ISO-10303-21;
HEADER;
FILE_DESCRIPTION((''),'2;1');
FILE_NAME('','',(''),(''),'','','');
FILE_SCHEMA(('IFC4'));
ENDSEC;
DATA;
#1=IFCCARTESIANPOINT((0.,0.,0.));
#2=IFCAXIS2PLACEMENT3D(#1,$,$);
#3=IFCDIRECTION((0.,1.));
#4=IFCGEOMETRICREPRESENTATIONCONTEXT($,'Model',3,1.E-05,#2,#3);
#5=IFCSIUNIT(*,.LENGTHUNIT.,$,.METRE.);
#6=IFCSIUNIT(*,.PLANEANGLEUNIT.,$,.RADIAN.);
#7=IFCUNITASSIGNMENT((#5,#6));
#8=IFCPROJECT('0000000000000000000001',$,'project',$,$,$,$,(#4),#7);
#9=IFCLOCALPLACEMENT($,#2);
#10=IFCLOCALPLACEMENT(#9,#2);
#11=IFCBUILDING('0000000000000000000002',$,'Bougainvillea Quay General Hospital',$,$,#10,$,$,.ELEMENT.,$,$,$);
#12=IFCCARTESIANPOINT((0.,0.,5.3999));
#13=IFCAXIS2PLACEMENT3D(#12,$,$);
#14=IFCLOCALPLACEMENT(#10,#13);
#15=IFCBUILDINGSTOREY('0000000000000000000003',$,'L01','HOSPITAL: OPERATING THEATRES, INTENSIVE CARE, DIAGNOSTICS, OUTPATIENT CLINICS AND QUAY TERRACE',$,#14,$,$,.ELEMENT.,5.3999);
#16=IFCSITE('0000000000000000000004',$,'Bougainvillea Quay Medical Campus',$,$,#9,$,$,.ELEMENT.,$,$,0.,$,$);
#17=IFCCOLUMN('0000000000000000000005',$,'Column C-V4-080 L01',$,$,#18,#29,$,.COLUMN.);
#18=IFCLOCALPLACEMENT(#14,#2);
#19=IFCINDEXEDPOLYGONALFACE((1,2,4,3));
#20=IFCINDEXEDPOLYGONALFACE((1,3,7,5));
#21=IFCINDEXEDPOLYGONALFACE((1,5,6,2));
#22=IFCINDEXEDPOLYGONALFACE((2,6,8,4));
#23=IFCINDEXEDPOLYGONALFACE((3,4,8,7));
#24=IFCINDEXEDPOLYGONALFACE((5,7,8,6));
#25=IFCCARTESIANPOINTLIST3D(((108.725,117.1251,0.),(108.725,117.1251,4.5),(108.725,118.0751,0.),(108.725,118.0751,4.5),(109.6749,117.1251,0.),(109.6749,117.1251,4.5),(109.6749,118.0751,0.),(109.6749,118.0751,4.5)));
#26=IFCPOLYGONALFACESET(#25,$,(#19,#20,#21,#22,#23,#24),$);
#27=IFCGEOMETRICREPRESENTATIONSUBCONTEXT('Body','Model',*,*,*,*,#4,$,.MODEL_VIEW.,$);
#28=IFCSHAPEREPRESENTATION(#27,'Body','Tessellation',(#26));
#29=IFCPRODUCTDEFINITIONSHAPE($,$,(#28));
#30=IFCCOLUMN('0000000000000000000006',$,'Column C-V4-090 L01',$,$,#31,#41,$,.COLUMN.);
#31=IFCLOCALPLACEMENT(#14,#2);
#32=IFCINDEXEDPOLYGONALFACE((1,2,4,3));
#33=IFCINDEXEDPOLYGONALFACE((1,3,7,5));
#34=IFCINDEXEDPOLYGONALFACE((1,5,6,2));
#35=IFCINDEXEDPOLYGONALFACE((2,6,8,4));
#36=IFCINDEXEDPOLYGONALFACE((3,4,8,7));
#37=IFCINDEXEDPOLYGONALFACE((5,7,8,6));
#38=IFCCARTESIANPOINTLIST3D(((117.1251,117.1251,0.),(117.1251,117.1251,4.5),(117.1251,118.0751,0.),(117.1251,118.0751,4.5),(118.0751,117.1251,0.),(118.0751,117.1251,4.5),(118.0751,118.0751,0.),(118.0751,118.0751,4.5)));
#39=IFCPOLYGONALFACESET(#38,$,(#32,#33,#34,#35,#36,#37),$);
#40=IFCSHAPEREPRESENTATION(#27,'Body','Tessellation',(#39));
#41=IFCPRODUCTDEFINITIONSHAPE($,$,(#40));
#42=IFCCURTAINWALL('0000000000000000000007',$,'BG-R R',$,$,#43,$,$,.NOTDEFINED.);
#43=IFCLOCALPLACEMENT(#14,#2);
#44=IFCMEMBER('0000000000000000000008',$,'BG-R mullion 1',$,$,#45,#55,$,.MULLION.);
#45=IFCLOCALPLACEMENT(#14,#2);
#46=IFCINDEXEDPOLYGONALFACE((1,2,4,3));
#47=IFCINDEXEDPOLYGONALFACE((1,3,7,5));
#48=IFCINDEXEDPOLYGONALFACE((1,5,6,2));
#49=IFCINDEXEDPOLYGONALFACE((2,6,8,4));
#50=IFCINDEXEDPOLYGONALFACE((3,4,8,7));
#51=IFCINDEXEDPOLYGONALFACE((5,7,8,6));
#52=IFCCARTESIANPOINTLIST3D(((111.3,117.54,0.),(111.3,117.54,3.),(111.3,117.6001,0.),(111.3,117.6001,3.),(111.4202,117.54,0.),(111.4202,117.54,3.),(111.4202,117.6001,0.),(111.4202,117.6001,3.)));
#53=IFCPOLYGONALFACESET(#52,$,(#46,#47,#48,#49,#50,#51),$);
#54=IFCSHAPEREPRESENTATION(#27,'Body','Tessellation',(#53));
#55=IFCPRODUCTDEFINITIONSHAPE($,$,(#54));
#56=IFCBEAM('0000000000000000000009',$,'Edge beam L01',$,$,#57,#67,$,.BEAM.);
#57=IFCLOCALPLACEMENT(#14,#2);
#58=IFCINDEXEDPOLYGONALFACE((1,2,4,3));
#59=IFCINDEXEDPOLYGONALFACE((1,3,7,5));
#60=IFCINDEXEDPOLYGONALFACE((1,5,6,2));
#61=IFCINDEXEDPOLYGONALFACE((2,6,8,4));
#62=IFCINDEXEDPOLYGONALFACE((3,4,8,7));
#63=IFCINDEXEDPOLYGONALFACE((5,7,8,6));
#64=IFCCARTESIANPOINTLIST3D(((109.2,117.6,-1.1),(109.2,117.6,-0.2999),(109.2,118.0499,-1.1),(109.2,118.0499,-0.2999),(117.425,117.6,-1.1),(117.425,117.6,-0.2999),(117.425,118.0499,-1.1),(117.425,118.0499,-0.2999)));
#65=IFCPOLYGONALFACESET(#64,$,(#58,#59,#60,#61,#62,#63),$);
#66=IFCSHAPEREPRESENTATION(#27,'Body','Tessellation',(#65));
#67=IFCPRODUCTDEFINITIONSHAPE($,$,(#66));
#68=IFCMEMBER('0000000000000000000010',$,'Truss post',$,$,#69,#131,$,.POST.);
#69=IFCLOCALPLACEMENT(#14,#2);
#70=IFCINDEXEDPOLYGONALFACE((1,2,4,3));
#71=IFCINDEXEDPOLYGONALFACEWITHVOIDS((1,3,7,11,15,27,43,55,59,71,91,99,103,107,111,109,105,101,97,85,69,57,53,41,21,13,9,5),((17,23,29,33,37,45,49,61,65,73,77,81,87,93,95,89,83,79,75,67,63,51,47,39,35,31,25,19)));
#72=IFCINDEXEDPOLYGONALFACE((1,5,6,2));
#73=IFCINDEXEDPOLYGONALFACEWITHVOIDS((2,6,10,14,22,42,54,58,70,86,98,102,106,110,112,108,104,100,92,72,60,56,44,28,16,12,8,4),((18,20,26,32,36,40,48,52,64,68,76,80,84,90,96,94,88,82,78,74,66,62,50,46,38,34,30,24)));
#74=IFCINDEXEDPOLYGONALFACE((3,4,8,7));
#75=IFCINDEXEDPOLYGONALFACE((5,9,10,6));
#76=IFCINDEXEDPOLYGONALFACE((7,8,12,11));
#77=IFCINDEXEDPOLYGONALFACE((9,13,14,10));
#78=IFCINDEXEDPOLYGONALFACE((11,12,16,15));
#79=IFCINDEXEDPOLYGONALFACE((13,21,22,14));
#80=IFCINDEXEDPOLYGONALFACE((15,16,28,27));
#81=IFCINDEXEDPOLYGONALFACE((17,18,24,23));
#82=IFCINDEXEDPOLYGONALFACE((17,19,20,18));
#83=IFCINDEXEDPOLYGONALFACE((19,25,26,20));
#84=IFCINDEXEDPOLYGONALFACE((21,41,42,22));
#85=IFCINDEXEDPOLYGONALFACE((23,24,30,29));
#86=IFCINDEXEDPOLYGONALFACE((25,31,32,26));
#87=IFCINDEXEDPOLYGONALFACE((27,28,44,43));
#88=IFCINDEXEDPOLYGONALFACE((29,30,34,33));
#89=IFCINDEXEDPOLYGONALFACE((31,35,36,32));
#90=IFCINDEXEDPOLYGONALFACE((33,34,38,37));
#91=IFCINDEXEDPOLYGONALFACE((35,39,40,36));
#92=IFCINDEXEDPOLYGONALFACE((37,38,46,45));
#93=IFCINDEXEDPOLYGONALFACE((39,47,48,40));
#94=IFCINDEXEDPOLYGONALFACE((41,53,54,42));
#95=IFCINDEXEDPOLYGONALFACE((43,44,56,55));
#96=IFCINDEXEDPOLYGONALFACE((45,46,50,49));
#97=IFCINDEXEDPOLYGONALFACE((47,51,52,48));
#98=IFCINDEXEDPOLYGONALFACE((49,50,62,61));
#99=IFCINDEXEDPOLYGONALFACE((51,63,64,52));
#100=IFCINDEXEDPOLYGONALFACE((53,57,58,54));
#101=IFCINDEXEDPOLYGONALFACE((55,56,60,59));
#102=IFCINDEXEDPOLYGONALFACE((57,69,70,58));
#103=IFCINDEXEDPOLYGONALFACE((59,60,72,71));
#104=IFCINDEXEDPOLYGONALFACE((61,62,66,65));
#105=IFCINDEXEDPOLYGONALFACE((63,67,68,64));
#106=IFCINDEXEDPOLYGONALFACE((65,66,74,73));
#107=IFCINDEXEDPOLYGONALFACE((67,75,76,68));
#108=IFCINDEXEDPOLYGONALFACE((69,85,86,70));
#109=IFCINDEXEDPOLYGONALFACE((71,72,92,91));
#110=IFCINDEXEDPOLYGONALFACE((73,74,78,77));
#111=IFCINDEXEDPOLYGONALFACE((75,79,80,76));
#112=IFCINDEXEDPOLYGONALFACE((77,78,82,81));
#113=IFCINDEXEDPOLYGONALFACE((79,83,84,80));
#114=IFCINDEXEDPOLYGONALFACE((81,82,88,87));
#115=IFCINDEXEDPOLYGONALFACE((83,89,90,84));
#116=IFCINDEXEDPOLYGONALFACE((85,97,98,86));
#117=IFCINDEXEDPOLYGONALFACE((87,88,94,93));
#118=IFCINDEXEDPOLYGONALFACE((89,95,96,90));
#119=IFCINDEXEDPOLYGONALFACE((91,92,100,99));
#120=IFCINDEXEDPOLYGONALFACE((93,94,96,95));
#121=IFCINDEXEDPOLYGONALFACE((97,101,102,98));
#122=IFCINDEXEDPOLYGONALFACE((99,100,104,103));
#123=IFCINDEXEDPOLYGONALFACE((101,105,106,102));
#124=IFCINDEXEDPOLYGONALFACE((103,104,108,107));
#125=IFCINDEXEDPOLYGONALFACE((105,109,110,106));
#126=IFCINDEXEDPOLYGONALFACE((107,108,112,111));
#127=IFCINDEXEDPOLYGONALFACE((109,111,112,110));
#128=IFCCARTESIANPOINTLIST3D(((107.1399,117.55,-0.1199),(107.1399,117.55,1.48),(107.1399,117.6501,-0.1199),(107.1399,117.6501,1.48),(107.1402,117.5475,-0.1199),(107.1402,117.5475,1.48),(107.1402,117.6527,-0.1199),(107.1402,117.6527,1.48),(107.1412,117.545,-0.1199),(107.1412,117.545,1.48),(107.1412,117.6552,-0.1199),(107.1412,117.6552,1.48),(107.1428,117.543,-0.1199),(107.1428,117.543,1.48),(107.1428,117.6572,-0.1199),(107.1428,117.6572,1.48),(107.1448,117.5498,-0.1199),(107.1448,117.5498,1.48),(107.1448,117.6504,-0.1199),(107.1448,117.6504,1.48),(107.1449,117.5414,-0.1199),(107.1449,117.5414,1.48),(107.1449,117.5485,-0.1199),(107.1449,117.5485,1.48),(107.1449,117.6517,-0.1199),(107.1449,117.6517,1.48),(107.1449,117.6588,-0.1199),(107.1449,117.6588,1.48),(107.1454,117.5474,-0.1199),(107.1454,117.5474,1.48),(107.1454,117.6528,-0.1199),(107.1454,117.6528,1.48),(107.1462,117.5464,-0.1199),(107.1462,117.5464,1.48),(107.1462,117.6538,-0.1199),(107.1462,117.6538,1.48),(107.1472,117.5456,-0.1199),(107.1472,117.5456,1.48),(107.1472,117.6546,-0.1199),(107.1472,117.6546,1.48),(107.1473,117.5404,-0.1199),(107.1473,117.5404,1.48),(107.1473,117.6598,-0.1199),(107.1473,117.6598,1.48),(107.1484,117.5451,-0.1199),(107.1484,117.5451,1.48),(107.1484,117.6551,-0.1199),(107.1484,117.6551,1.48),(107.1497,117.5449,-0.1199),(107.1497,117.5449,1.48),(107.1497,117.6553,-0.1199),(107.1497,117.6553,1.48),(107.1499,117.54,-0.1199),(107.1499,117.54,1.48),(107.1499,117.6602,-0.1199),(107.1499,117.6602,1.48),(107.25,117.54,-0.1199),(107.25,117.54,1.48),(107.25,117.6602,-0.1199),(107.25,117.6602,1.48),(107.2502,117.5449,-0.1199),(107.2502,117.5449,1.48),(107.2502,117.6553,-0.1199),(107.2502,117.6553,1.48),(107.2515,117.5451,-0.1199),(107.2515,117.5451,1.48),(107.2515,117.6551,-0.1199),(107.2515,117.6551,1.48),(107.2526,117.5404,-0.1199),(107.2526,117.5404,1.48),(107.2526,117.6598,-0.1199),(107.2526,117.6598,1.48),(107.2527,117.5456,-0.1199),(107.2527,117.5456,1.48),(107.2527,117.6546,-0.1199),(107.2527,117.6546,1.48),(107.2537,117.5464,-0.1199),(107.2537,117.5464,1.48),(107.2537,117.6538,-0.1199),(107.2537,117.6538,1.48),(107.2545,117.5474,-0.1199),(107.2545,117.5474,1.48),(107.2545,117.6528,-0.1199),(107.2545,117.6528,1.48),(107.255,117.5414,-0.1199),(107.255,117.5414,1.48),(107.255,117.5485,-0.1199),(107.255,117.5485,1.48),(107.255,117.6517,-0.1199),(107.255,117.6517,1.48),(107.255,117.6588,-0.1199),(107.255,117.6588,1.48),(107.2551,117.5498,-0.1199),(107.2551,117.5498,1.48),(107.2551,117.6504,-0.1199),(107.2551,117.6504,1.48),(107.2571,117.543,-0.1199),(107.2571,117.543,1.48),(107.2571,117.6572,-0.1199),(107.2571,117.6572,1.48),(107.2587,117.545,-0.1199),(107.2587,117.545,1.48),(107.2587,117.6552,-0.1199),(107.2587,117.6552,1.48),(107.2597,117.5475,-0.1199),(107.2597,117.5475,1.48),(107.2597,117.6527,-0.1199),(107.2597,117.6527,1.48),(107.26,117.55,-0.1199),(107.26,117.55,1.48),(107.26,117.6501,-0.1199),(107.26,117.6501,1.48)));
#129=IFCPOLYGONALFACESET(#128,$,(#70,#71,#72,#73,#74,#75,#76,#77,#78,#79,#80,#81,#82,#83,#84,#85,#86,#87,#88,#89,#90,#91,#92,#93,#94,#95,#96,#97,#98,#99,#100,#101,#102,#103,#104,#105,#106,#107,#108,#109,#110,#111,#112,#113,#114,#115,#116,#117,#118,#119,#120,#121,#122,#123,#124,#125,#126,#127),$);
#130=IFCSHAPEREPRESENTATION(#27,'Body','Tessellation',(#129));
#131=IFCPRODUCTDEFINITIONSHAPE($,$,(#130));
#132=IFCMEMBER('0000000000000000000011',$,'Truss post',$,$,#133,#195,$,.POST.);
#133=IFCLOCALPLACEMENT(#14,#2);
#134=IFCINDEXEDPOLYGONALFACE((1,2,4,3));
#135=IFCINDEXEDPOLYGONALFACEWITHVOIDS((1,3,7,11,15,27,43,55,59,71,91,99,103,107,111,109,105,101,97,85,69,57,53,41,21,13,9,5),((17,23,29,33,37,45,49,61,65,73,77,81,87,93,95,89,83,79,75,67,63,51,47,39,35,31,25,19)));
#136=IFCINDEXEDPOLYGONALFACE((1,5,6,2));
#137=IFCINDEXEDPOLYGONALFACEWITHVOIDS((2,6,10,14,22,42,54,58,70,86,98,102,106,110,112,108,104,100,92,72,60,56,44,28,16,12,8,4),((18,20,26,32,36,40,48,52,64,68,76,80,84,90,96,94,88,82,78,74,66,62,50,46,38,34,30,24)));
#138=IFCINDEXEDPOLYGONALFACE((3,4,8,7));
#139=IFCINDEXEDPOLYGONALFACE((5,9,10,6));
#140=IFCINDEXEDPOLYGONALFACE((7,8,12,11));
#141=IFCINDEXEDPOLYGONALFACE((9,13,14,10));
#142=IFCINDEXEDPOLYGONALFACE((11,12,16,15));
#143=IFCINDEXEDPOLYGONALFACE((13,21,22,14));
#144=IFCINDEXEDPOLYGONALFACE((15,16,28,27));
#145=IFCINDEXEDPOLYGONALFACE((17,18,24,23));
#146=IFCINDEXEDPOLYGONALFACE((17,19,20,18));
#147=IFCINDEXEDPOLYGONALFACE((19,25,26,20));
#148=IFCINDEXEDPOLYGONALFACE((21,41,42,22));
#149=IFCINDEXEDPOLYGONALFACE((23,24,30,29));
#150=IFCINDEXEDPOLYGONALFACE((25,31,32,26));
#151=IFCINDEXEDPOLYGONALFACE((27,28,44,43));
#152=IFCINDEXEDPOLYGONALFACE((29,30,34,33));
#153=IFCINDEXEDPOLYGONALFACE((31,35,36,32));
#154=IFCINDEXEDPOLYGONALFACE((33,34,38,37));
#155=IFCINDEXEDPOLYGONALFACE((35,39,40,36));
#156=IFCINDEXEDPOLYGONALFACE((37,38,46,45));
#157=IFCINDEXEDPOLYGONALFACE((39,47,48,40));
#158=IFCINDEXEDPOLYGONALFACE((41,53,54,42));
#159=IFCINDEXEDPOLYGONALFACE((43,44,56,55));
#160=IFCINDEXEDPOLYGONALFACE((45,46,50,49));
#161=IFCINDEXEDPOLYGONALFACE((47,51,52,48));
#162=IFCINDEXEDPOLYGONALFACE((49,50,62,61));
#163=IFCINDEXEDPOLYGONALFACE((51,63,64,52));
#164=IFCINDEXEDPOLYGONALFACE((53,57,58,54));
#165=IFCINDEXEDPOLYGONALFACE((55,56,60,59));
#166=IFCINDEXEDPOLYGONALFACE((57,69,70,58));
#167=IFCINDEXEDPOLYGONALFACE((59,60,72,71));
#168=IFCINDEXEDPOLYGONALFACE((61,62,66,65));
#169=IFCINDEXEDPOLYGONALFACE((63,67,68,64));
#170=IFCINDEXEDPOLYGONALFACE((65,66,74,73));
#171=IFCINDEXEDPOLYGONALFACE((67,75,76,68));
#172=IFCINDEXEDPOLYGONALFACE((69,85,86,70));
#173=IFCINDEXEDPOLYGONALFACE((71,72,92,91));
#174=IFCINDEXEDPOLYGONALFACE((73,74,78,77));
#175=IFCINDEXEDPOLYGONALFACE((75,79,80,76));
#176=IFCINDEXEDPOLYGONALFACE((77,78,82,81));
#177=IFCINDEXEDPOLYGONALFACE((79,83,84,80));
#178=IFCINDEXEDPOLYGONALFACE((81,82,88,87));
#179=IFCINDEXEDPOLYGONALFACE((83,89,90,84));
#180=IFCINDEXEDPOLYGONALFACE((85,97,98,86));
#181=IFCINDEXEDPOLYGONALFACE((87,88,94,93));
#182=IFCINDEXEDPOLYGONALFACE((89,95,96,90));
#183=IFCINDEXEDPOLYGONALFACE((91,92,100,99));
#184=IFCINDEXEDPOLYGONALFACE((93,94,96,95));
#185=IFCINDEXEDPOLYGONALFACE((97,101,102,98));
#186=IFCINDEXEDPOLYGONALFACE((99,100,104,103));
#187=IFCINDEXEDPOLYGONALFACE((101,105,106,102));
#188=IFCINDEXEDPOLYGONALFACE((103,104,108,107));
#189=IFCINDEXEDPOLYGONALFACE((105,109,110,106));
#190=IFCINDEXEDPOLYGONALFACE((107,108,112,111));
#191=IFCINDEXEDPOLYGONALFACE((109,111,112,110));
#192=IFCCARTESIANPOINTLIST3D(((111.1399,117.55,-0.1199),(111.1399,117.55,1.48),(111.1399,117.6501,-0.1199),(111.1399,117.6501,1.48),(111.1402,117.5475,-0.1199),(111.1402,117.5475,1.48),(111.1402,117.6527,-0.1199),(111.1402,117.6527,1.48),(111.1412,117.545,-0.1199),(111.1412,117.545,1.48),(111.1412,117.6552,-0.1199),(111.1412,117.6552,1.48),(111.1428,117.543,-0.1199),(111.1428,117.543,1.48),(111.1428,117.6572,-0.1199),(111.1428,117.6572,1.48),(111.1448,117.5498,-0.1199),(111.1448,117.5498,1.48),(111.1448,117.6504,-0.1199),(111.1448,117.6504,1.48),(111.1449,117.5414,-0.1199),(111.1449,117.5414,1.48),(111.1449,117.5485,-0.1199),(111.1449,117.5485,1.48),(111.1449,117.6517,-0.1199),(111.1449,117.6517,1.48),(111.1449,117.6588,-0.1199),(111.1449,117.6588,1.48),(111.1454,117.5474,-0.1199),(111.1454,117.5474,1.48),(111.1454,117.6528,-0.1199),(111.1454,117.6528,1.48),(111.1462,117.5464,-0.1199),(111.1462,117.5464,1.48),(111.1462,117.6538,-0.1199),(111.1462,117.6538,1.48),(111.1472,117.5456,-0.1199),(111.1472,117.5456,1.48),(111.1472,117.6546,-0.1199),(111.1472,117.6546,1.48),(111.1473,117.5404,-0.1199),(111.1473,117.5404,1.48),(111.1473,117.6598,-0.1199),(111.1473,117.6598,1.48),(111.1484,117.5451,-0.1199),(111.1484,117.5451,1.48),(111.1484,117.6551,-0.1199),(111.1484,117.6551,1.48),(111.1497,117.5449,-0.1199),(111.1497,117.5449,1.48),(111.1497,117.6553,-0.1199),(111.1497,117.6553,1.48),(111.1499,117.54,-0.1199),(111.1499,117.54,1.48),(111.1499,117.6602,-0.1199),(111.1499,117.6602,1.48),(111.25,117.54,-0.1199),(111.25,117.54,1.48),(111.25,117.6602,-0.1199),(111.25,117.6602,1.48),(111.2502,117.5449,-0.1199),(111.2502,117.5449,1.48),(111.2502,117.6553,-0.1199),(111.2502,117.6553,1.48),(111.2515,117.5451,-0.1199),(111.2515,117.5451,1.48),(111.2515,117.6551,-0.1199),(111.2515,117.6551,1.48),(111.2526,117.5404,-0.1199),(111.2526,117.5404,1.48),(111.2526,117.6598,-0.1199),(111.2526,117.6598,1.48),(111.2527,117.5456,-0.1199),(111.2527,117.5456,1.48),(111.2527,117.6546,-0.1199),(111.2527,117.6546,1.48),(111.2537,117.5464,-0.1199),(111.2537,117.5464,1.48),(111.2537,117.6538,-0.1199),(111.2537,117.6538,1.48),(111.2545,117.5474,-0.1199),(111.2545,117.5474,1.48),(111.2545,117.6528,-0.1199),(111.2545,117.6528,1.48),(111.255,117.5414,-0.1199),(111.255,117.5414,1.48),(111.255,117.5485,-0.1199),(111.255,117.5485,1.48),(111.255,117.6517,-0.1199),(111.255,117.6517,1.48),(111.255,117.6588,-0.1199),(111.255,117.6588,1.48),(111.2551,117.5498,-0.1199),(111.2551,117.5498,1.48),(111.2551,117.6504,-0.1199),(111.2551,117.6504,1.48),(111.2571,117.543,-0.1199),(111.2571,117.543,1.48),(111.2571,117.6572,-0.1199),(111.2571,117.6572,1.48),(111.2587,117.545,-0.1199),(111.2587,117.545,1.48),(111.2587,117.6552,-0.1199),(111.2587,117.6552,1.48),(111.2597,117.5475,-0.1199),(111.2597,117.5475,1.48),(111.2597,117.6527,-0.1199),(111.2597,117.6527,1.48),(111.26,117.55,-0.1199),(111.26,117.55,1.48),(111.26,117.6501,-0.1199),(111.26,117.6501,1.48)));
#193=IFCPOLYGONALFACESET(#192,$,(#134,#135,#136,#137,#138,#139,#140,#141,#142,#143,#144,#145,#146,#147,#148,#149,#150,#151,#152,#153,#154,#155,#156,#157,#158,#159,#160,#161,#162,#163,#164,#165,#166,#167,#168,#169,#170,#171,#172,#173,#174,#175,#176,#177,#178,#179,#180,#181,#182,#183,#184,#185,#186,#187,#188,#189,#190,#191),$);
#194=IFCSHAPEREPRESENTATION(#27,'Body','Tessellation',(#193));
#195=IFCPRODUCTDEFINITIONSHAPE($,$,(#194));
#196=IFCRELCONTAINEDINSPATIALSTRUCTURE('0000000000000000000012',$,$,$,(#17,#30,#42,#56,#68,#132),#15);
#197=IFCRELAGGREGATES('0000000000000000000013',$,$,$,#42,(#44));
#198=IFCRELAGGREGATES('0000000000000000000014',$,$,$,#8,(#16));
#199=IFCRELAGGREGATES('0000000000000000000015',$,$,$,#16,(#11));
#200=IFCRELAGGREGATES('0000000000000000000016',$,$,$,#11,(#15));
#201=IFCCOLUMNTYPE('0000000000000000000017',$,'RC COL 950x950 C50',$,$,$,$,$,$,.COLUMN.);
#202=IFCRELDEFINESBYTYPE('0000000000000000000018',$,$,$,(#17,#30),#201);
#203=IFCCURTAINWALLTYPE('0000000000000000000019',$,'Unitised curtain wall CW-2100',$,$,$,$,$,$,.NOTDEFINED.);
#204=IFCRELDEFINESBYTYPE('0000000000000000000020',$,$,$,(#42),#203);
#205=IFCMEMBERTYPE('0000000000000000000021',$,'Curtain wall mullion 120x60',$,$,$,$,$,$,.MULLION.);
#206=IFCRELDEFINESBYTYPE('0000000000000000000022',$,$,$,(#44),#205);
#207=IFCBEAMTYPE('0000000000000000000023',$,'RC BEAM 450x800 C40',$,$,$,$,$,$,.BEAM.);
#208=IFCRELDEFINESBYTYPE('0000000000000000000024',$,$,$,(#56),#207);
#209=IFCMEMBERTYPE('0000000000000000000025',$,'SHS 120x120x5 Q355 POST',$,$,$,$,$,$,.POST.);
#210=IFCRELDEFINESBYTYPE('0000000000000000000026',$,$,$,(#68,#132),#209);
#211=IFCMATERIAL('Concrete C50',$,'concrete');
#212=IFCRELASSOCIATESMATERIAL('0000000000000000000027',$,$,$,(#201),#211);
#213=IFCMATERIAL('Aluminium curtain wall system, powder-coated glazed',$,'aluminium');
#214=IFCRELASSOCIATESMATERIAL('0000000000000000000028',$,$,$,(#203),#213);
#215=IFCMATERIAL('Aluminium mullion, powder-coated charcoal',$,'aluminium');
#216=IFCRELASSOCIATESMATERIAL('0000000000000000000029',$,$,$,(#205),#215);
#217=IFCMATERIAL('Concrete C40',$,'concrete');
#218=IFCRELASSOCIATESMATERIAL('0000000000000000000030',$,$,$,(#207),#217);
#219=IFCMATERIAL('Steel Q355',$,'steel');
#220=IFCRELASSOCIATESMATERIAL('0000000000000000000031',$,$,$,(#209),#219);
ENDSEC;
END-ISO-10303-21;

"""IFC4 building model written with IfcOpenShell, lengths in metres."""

from ifc_helpers import new_model, si_unit, direction, frame, origin, origin_2d, place, context, subcontext, project, spatial, rectangle, hollow_rectangle, extrude, material, material_profile, profile_set, type_object, element, aggregate, save


model = new_model("IFC4")

# Units and contexts
model_context = context("Model", 3, precision=1e-05, world=origin(), true_north=direction((0.0, 1.0)))
body_context = subcontext(model_context, "Body", "Model", "MODEL_VIEW")
ifc_project = project(units=[si_unit("LENGTHUNIT", "METRE"), si_unit("PLANEANGLEUNIT", "RADIAN")], contexts=[model_context])

# Site, building, storey
site_placement = place(None, origin())
site = spatial("IfcSite", under=ifc_project, at=site_placement, Name="Bougainvillea Quay Medical Campus", CompositionType="ELEMENT", RefElevation=0.0)
building_placement = place(site_placement, origin())
building = spatial("IfcBuilding", under=site, at=building_placement, Name="Bougainvillea Quay General Hospital", CompositionType="ELEMENT")
storey_placement = place(building_placement, frame((0.0, 0.0, 5.3999)))
storey = spatial("IfcBuildingStorey", under=building, at=storey_placement, Name="L01", Description="HOSPITAL: OPERATING THEATRES, INTENSIVE CARE, DIAGNOSTICS, OUTPATIENT CLINICS AND QUAY TERRACE", CompositionType="ELEMENT", Elevation=5.3999)

# Columns
ifc_material_1 = material(Name="Concrete C50", Category="concrete")
ifc_material_profile_1 = material_profile(ifc_material_1, rectangle(XDim=0.95, YDim=0.95, at=origin_2d()))
ifc_profile_set_1 = profile_set([ifc_material_profile_1], Name="Concrete C50")
column_type = type_object("IfcColumnType", Name="RC COL 950x950 C50", PredefinedType="COLUMN", material=ifc_profile_set_1)
for number, where, z_axis, x_axis, name in (
    (1, (109.2, 117.6001, 0.0), (0.0, 0.0, 1.0), (1.0, 0.0, 0.0), "Column C-V4-080 L01"),
    (2, (117.6001, 117.6001, 0.0), (0.0, 0.0, 1.0), (1.0, 0.0, 0.0), "Column C-V4-090 L01"),
):
    element("IfcColumn", number, at=place(storey_placement, frame(where, z_axis=z_axis, x_axis=x_axis)), inside=storey, type_object=column_type, Name=name, PredefinedType="COLUMN", context=body_context, shape_type="SweptSolid", body=[
        extrude(rectangle(XDim=0.95, YDim=0.95, at=origin_2d()), origin(), (0.0, 0.0, 1.0), 4.5),
    ])

# Curtain wall, member
ifc_material_2 = material(Name="Aluminium curtain wall system, powder-coated glazed", Category="aluminium")
curtain_wall_type = type_object("IfcCurtainWallType", Name="Unitised curtain wall CW-2100", PredefinedType="NOTDEFINED", material=ifc_material_2)
curtain_wall_placement = place(storey_placement, origin())
curtain_wall = element("IfcCurtainWall", 3, at=curtain_wall_placement, inside=storey, type_object=curtain_wall_type, Name="BG-R R", PredefinedType="NOTDEFINED")
ifc_material_3 = material(Name="Aluminium mullion, powder-coated charcoal", Category="aluminium")
ifc_material_profile_2 = material_profile(ifc_material_3, rectangle(XDim=0.1201, YDim=0.0601, at=origin_2d()))
ifc_profile_set_2 = profile_set([ifc_material_profile_2], Name="Aluminium mullion, powder-coated charcoal")
member_type_1 = type_object("IfcMemberType", Name="Curtain wall mullion 120x60", PredefinedType="MULLION", material=ifc_profile_set_2)
member_placement = place(storey_placement, frame((111.3601, 117.5701, 0.0), z_axis=(0.0, 0.0, 1.0), x_axis=(1.0, 0.0, 0.0)))
member = element("IfcMember", 4, at=member_placement, type_object=member_type_1, Name="BG-R mullion 1", PredefinedType="MULLION", context=body_context, shape_type="SweptSolid", body=[
    extrude(rectangle(XDim=0.1201, YDim=0.0601, at=origin_2d()), origin(), (0.0, 0.0, 1.0), 3.0),
])
aggregate(curtain_wall, [member])

# Beam
ifc_material_4 = material(Name="Concrete C40", Category="concrete")
ifc_material_profile_3 = material_profile(ifc_material_4, rectangle(XDim=0.45, YDim=0.8, at=origin_2d()))
ifc_profile_set_3 = profile_set([ifc_material_profile_3], Name="Concrete C40")
beam_type = type_object("IfcBeamType", Name="RC BEAM 450x800 C40", PredefinedType="BEAM", material=ifc_profile_set_3)
beam_placement = place(storey_placement, frame((109.2, 117.825, -0.7), z_axis=(1.0, 0.0, 0.0), x_axis=(0.0, 1.0, 0.0)))
element("IfcBeam", 5, at=beam_placement, inside=storey, type_object=beam_type, Name="Edge beam L01", PredefinedType="BEAM", context=body_context, shape_type="SweptSolid", body=[
    extrude(rectangle(XDim=0.45, YDim=0.8, at=origin_2d()), origin(), (0.0, 0.0, 1.0), 8.2251),
])

# Members
ifc_material_5 = material(Name="Steel Q355", Category="steel")
ifc_material_profile_4 = material_profile(ifc_material_5, hollow_rectangle(XDim=0.1201, YDim=0.1201, WallThickness=0.0049, InnerFilletRadius=0.0049, OuterFilletRadius=0.01, at=origin_2d()))
ifc_profile_set_4 = profile_set([ifc_material_profile_4], Name="Steel Q355")
member_type_2 = type_object("IfcMemberType", Name="SHS 120x120x5 Q355 POST", PredefinedType="POST", material=ifc_profile_set_4)
for number, where, z_axis, x_axis, name in (
    (6, (107.2, 117.6001, -0.1199), (0.0, 0.0, 1.0), (1.0, 0.0, 0.0), "Truss post"),
    (7, (111.2, 117.6001, -0.1199), (0.0, 0.0, 1.0), (1.0, 0.0, 0.0), "Truss post"),
):
    element("IfcMember", number, at=place(storey_placement, frame(where, z_axis=z_axis, x_axis=x_axis)), inside=storey, type_object=member_type_2, Name=name, PredefinedType="POST", context=body_context, shape_type="SweptSolid", body=[
        extrude(hollow_rectangle(XDim=0.1201, YDim=0.1201, WallThickness=0.0049, InnerFilletRadius=0.0049, OuterFilletRadius=0.01, at=origin_2d()), origin(), (0.0, 0.0, 1.0), 1.5999),
    ])

save(model, "model.ifc")
